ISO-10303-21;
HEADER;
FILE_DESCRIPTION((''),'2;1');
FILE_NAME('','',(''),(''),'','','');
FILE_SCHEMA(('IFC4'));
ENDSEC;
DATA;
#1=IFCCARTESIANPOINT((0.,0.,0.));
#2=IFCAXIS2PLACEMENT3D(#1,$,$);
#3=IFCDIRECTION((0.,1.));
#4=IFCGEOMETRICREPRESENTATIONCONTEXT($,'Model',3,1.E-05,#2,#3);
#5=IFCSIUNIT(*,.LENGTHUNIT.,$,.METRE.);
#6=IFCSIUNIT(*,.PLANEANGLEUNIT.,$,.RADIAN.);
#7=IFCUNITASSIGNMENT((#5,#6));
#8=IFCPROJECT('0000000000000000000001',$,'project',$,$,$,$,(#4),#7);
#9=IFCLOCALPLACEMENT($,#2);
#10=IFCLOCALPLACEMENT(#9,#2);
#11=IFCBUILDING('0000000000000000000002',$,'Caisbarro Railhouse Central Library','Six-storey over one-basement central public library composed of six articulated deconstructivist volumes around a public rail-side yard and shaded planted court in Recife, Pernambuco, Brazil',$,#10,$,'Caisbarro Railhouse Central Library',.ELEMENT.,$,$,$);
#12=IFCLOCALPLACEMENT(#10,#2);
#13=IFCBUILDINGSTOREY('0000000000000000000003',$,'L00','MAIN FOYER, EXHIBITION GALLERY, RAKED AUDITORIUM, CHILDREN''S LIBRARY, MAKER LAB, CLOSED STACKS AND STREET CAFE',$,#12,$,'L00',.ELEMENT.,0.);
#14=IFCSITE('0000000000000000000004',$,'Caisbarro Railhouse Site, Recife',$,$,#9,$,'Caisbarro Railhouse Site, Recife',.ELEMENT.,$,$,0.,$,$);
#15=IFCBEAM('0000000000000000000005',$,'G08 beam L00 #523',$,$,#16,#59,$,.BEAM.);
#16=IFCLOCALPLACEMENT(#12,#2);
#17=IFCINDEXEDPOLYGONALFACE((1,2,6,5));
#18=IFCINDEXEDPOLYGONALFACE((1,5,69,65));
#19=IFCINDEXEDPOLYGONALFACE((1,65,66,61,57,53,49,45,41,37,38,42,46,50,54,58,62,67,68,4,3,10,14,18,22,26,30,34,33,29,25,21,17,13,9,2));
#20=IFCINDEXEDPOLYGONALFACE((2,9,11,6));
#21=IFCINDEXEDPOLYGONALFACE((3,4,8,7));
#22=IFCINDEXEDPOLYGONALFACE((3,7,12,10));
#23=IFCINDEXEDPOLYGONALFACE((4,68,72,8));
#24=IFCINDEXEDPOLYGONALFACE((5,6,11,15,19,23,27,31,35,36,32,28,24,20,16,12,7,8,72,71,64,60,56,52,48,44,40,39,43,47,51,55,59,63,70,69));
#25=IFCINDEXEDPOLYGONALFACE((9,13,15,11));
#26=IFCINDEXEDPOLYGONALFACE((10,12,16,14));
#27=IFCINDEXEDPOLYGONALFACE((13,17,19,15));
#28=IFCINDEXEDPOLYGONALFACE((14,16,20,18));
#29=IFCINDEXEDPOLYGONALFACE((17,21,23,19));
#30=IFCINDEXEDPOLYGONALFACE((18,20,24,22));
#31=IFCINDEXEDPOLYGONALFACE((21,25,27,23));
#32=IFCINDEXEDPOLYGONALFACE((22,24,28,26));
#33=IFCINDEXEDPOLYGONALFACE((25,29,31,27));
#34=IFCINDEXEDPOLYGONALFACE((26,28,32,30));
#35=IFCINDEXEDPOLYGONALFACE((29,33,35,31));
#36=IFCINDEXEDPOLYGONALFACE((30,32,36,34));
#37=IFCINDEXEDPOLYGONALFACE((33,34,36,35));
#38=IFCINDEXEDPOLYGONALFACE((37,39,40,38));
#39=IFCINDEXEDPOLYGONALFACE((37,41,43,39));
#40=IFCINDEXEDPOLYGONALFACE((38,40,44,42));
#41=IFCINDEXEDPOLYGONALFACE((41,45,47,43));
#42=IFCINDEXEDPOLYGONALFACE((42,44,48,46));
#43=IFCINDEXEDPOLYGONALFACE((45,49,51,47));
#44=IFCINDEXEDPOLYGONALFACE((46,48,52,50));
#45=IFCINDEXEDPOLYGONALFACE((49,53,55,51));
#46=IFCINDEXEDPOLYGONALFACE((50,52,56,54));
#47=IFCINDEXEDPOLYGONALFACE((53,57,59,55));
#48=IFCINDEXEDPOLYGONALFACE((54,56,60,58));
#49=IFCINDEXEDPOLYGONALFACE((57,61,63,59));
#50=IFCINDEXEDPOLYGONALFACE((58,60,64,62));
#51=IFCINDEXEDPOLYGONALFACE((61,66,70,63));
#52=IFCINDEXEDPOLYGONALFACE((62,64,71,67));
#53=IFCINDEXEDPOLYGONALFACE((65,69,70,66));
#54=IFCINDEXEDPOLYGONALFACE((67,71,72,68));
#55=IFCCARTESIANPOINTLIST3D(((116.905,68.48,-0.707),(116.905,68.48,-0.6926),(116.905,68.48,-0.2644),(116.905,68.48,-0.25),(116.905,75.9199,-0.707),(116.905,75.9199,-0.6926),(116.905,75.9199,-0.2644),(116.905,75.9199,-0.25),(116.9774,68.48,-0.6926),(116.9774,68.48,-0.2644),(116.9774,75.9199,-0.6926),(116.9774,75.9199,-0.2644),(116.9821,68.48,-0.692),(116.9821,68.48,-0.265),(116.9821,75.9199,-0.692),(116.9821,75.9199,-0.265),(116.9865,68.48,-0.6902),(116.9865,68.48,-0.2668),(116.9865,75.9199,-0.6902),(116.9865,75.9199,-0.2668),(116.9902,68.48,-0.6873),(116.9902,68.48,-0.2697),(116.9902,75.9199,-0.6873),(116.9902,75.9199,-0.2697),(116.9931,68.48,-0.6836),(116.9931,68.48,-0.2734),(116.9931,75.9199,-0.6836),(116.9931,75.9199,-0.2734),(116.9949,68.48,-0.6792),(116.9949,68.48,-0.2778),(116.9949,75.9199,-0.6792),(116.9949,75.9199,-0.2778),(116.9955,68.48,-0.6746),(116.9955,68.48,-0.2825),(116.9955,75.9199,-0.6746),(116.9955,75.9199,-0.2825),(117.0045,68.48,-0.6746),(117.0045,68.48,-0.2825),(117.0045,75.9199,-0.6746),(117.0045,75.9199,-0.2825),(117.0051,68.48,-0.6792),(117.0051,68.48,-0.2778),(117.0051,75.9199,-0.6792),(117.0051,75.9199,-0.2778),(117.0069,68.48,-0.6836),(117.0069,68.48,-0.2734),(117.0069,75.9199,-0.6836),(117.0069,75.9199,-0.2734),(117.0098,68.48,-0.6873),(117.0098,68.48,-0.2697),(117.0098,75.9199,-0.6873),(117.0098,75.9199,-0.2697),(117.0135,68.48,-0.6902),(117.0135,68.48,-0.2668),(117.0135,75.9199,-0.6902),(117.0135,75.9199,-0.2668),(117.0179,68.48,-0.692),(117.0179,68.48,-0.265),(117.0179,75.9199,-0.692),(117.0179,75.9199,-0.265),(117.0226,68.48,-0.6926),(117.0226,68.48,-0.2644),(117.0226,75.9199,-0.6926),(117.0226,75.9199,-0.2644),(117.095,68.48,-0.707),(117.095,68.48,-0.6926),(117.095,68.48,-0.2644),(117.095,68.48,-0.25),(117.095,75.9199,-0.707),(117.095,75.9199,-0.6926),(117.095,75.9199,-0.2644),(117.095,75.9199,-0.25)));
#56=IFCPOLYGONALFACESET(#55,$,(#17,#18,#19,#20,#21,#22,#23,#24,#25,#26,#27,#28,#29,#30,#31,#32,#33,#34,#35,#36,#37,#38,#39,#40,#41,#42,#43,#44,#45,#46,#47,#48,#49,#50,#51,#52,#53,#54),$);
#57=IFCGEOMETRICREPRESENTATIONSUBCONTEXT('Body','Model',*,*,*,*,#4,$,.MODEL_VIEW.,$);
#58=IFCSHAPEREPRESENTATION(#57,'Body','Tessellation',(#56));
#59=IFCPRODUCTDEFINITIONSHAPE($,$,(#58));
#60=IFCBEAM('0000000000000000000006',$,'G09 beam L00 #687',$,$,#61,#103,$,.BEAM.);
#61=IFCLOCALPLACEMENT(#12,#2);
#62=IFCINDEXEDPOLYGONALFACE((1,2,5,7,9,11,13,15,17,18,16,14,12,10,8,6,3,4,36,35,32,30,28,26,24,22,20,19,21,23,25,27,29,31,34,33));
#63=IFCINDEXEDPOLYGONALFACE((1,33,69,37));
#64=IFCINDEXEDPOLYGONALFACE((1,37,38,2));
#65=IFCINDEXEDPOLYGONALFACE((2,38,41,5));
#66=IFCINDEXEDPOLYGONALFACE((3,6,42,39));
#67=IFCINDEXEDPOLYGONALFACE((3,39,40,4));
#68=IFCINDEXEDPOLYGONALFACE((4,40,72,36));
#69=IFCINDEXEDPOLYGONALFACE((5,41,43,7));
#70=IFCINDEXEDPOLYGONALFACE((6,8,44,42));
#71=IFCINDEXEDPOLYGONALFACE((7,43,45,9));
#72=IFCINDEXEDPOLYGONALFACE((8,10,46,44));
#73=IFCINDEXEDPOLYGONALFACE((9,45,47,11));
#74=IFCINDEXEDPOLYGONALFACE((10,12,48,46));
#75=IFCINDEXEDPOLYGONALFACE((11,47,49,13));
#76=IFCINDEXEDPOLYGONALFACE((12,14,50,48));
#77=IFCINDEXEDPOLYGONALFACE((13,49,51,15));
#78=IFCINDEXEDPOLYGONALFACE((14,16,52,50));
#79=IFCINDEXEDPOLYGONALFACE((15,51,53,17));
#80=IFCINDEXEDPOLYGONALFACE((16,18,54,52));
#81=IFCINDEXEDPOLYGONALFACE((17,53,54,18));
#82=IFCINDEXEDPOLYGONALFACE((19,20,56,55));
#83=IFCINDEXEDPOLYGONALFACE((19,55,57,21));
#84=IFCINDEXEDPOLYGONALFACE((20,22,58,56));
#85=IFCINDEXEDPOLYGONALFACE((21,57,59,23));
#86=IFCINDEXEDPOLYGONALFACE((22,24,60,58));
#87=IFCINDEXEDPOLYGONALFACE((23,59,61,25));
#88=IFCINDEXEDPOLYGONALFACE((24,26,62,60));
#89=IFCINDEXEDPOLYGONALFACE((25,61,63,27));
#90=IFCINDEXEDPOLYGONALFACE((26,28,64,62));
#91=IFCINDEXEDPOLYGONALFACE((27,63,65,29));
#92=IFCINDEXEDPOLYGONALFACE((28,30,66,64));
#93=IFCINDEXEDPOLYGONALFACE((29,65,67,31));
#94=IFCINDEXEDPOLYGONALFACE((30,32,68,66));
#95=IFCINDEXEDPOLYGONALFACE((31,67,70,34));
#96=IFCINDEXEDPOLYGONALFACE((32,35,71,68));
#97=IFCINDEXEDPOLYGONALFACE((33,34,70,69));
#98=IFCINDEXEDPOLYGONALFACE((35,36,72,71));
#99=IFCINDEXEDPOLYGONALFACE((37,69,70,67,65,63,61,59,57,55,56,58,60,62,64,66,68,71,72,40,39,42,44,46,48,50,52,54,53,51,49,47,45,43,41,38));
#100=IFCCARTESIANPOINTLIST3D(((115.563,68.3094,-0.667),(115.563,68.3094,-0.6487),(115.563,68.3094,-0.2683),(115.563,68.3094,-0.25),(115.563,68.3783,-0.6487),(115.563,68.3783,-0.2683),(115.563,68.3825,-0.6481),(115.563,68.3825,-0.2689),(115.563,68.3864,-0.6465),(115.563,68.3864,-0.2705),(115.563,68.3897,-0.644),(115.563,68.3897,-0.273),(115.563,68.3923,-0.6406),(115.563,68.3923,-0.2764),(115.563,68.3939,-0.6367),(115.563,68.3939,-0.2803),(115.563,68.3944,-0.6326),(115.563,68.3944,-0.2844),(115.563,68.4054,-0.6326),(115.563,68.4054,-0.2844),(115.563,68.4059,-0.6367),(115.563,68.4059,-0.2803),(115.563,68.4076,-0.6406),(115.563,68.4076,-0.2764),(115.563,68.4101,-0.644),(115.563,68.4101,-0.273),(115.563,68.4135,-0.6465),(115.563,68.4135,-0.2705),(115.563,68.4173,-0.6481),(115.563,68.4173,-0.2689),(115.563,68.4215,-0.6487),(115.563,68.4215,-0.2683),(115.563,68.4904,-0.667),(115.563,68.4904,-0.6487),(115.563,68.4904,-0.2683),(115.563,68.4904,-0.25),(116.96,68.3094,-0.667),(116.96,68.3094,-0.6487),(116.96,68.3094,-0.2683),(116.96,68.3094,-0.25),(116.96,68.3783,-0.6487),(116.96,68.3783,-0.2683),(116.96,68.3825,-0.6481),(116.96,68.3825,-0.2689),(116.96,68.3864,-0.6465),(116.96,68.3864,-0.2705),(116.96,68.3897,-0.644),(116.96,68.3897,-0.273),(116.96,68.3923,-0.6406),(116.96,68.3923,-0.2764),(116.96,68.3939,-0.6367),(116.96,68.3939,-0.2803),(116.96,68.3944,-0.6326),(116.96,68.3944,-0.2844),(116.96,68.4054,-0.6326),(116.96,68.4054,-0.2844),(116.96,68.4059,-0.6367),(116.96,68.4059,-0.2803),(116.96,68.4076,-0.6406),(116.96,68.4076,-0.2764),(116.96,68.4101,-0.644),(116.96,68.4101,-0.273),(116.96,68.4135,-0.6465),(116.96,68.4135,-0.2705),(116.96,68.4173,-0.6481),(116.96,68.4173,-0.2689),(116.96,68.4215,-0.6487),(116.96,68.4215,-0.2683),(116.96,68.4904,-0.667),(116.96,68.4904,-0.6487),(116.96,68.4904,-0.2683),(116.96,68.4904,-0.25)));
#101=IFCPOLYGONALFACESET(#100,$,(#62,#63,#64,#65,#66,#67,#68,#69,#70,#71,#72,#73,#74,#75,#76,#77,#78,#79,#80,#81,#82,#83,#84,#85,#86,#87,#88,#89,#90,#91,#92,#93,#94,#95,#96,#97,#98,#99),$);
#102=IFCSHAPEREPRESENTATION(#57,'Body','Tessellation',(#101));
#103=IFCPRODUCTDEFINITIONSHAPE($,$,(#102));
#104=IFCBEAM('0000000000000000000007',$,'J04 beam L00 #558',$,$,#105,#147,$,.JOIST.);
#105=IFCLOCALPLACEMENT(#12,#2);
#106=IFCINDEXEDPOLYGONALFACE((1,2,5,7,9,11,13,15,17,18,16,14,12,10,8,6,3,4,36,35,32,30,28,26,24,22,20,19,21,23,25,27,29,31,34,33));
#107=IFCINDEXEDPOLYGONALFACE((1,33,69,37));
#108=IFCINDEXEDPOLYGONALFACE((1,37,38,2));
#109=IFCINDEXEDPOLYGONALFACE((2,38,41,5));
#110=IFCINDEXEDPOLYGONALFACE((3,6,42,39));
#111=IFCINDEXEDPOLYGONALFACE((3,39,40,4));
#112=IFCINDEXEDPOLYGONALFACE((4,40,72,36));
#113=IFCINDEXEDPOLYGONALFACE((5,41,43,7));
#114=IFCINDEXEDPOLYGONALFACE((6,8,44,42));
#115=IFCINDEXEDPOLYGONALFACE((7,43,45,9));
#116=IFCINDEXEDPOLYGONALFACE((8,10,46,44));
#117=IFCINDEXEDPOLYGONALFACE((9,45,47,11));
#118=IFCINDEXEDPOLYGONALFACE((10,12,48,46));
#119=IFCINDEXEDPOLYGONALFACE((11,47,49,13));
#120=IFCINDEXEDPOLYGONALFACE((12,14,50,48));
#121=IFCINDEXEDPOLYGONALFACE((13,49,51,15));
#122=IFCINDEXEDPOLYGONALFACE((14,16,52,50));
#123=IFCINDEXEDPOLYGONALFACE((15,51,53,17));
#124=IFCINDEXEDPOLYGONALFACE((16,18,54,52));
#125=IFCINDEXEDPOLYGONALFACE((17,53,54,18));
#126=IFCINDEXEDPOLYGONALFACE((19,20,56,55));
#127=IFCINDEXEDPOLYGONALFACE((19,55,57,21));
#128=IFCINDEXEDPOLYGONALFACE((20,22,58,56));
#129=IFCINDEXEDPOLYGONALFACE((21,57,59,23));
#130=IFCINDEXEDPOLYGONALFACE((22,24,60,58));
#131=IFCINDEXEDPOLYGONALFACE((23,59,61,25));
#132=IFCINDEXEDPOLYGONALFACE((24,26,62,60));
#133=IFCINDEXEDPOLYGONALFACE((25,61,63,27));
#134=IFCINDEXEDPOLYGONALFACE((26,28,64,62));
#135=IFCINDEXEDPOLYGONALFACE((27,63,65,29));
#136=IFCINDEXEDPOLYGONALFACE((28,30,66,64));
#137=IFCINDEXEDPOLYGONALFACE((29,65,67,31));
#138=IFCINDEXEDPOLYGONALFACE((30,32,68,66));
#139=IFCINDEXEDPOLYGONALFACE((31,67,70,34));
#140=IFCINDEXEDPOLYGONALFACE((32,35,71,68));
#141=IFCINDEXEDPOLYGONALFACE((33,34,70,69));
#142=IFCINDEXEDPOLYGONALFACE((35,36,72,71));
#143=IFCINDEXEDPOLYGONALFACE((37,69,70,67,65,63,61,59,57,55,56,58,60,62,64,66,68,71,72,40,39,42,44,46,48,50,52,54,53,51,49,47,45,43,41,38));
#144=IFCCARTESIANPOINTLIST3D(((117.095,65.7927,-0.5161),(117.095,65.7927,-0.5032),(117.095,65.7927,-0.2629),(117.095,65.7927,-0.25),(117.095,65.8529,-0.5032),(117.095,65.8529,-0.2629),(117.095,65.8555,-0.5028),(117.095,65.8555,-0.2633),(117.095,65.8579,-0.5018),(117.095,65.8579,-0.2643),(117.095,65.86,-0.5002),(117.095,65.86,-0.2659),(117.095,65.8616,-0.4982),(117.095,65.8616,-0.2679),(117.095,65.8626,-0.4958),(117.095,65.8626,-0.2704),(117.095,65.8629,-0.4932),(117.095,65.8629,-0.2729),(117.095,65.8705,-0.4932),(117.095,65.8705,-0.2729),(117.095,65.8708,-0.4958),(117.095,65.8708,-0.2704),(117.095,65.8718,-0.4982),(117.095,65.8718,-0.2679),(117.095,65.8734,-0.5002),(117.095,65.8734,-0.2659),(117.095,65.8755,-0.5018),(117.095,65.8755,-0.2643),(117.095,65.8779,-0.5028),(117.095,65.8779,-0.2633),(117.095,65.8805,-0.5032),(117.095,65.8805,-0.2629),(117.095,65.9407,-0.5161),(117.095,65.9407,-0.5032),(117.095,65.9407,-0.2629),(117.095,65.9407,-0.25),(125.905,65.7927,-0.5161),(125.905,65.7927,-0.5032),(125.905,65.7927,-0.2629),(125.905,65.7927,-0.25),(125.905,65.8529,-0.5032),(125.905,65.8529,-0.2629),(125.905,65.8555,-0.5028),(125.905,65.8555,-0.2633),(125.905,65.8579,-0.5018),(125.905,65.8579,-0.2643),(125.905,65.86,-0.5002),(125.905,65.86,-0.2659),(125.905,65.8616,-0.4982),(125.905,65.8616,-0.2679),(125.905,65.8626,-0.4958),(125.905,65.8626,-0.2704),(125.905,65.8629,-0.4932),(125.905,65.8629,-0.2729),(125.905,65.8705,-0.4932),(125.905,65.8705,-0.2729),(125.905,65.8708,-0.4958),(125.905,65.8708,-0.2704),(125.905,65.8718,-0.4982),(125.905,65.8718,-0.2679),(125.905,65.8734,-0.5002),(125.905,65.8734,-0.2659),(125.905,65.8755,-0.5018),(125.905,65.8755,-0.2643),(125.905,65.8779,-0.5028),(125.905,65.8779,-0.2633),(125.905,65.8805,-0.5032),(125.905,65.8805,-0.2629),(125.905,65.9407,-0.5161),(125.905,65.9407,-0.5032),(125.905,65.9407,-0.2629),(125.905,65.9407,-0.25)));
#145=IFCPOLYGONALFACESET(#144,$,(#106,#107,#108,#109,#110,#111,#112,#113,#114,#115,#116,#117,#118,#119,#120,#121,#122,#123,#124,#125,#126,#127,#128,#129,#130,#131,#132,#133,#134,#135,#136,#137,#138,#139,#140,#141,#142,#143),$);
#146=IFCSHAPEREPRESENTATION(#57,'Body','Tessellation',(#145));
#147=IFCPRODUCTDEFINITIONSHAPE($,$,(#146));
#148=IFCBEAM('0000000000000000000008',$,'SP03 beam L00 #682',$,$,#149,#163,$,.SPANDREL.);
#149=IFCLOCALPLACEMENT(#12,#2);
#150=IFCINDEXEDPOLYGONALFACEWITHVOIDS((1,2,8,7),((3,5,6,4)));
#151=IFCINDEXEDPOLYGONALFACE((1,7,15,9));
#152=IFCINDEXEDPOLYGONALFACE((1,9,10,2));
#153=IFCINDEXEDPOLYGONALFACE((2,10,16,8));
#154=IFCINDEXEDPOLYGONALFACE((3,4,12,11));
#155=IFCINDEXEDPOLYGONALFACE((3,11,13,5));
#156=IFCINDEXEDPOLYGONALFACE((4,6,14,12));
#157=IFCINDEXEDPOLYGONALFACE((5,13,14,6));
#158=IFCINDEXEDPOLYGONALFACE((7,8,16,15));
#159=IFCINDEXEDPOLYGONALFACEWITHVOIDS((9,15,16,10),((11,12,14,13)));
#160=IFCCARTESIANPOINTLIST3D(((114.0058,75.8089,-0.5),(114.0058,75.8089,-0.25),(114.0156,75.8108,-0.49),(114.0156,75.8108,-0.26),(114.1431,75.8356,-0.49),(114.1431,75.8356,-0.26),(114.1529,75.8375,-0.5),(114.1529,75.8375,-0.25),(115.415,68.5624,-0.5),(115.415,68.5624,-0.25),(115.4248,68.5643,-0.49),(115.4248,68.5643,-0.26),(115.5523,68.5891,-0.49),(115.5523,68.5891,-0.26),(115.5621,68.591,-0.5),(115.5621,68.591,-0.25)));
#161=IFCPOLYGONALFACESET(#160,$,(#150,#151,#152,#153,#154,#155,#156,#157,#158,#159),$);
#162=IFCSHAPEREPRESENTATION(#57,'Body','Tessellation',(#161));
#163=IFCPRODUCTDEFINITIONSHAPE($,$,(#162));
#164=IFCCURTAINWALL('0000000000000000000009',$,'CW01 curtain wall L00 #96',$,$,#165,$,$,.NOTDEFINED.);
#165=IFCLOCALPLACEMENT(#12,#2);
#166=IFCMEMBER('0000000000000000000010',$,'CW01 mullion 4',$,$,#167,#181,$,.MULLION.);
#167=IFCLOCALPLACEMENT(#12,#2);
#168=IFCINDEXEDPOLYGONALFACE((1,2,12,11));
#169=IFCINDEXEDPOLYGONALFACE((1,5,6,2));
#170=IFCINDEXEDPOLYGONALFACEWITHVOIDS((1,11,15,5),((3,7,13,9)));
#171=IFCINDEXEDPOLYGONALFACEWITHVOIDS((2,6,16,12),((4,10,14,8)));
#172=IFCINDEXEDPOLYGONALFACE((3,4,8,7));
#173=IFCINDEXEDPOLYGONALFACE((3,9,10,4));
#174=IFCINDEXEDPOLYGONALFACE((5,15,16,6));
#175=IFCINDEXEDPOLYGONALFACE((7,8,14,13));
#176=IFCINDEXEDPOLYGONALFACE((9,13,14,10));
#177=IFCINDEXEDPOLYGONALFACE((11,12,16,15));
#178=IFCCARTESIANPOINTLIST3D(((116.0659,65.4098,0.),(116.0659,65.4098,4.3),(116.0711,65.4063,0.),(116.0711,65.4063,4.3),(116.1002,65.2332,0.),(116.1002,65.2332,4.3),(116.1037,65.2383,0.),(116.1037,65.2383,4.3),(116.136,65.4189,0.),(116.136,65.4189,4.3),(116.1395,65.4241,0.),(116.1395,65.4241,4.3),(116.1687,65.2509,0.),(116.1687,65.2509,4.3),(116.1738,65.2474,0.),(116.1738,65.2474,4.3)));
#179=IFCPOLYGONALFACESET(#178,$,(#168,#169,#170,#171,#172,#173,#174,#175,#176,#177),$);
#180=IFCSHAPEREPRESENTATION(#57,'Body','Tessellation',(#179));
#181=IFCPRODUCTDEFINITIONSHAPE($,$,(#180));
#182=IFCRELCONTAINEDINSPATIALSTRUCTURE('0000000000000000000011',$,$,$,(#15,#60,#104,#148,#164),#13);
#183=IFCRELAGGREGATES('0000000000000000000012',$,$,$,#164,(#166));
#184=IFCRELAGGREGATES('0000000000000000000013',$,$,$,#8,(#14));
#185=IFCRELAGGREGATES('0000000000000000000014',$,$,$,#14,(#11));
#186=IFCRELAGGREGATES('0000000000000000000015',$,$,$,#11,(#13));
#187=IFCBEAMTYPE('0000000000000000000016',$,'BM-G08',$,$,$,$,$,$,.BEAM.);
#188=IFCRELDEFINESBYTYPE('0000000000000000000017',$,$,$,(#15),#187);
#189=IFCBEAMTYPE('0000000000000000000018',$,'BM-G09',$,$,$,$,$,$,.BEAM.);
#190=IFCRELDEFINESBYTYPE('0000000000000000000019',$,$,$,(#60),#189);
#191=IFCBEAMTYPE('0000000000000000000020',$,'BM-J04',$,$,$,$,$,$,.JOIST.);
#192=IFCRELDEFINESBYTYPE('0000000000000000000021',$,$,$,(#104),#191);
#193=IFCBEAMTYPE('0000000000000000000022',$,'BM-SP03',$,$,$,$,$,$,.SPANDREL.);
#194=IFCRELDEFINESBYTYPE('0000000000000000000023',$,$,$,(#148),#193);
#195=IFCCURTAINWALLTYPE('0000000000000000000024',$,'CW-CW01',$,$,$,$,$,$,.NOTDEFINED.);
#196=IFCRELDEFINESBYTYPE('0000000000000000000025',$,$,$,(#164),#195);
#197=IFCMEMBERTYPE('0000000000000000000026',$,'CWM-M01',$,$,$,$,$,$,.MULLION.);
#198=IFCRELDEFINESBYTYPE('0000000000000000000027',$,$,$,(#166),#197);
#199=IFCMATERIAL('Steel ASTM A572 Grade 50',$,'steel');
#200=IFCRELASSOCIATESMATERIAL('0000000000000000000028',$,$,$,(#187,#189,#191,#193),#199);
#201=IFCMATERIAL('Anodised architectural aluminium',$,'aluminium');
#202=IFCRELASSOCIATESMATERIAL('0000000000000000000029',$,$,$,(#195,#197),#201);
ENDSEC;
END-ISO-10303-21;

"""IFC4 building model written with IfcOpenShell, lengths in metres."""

from ifc_helpers import new_model, si_unit, direction, frame, origin, origin_2d, place, context, subcontext, project, spatial, hollow_rectangle, i_section, extrude, material, material_profile, profile_set, type_object, element, aggregate, save


model = new_model("IFC4")

# Units and contexts
model_context = context("Model", 3, precision=1e-05, world=origin(), true_north=direction((0.0, 1.0)))
body_context = subcontext(model_context, "Body", "Model", "MODEL_VIEW")
ifc_project = project(units=[si_unit("LENGTHUNIT", "METRE"), si_unit("PLANEANGLEUNIT", "RADIAN")], contexts=[model_context])

# Site, building, storey
site_placement = place(None, origin())
site = spatial("IfcSite", under=ifc_project, at=site_placement, Name="Caisbarro Railhouse Site, Recife", LongName="Caisbarro Railhouse Site, Recife", CompositionType="ELEMENT", RefElevation=0.0)
building_placement = place(site_placement, origin())
building = spatial("IfcBuilding", under=site, at=building_placement, Name="Caisbarro Railhouse Central Library", Description="Six-storey over one-basement central public library composed of six articulated deconstructivist volumes around a public rail-side yard and shaded planted court in Recife, Pernambuco, Brazil", LongName="Caisbarro Railhouse Central Library", CompositionType="ELEMENT")
storey_placement = place(building_placement, origin())
storey = spatial("IfcBuildingStorey", under=building, at=storey_placement, Name="L00", Description="MAIN FOYER, EXHIBITION GALLERY, RAKED AUDITORIUM, CHILDREN'S LIBRARY, MAKER LAB, CLOSED STACKS AND STREET CAFE", LongName="L00", CompositionType="ELEMENT", Elevation=0.0)

# Shared definitions
ifc_material_1 = material(Name="Steel ASTM A572 Grade 50", Category="steel")

# Beams
ifc_material_profile_1 = material_profile(ifc_material_1, i_section(OverallWidth=0.1899, OverallDepth=0.457, WebThickness=0.009, FlangeThickness=0.0144, FilletRadius=0.0181, at=origin_2d()), Name="W460X74.0")
ifc_profile_set_1 = profile_set([ifc_material_profile_1], Name="Steel ASTM A572 Grade 50")
beam_type_1 = type_object("IfcBeamType", Name="BM-G08", PredefinedType="BEAM", material=ifc_profile_set_1)
beam_1_placement = place(storey_placement, frame((117.0, 68.48, -0.4785), z_axis=(0.0, 1.0, 0.0), x_axis=(-1.0, 0.0, 0.0)))
element("IfcBeam", 1, at=beam_1_placement, inside=storey, type_object=beam_type_1, Name="G08 beam L00 #523", PredefinedType="BEAM", context=body_context, shape_type="SweptSolid", body=[
    extrude(i_section(OverallWidth=0.1899, OverallDepth=0.457, WebThickness=0.009, FlangeThickness=0.0144, FilletRadius=0.0181, at=origin_2d()), origin(), (0.0, 0.0, 1.0), 7.4399),
])
ifc_material_profile_2 = material_profile(ifc_material_1, i_section(OverallWidth=0.1809, OverallDepth=0.417, WebThickness=0.011, FlangeThickness=0.0183, FilletRadius=0.0161, at=origin_2d()), Name="W410X85.0")
ifc_profile_set_2 = profile_set([ifc_material_profile_2], Name="Steel ASTM A572 Grade 50")
beam_type_2 = type_object("IfcBeamType", Name="BM-G09", PredefinedType="BEAM", material=ifc_profile_set_2)
beam_2_placement = place(storey_placement, frame((115.563, 68.3999, -0.4585), z_axis=(1.0, 0.0, 0.0), x_axis=(0.0, 1.0, 0.0)))
element("IfcBeam", 2, at=beam_2_placement, inside=storey, type_object=beam_type_2, Name="G09 beam L00 #687", PredefinedType="BEAM", context=body_context, shape_type="SweptSolid", body=[
    extrude(i_section(OverallWidth=0.1809, OverallDepth=0.417, WebThickness=0.011, FlangeThickness=0.0183, FilletRadius=0.0161, at=origin_2d()), origin(), (0.0, 0.0, 1.0), 1.397),
])
ifc_material_profile_3 = material_profile(ifc_material_1, i_section(OverallWidth=0.1479, OverallDepth=0.2661, WebThickness=0.0076, FlangeThickness=0.0129, FilletRadius=0.01, at=origin_2d()), Name="W250X44.8")
ifc_profile_set_3 = profile_set([ifc_material_profile_3], Name="Steel ASTM A572 Grade 50")
beam_type_3 = type_object("IfcBeamType", Name="BM-J04", PredefinedType="JOIST", material=ifc_profile_set_3)
beam_3_placement = place(storey_placement, frame((117.095, 65.8667, -0.3831), z_axis=(1.0, 0.0, 0.0), x_axis=(0.0, 1.0, 0.0)))
element("IfcBeam", 3, at=beam_3_placement, inside=storey, type_object=beam_type_3, Name="J04 beam L00 #558", PredefinedType="JOIST", context=body_context, shape_type="SweptSolid", body=[
    extrude(i_section(OverallWidth=0.1479, OverallDepth=0.2661, WebThickness=0.0076, FlangeThickness=0.0129, FilletRadius=0.01, at=origin_2d()), origin(), (0.0, 0.0, 1.0), 8.8101),
])
ifc_material_profile_4 = material_profile(ifc_material_1, hollow_rectangle(XDim=0.1499, YDim=0.25, WallThickness=0.01, at=origin_2d()), Name="HSS250X150X10")
ifc_profile_set_4 = profile_set([ifc_material_profile_4], Name="Steel ASTM A572 Grade 50")
beam_type_4 = type_object("IfcBeamType", Name="BM-SP03", PredefinedType="SPANDREL", material=ifc_profile_set_4)
beam_4_placement = place(storey_placement, frame((115.4885, 68.5767, -0.375), z_axis=(-0.190886, 0.981612, 0.0), x_axis=(-0.981612, -0.190886, 0.0)))
element("IfcBeam", 4, at=beam_4_placement, inside=storey, type_object=beam_type_4, Name="SP03 beam L00 #682", PredefinedType="SPANDREL", context=body_context, shape_type="SweptSolid", body=[
    extrude(hollow_rectangle(XDim=0.1499, YDim=0.25, WallThickness=0.01, at=origin_2d()), origin(), (0.0, 0.0, 1.0), 7.3823),
])

# Curtain wall, member
ifc_material_2 = material(Name="Anodised architectural aluminium", Category="aluminium")
curtain_wall_type = type_object("IfcCurtainWallType", Name="CW-CW01", PredefinedType="NOTDEFINED", material=ifc_material_2)
curtain_wall_1_placement = place(storey_placement, origin())
curtain_wall_1 = element("IfcCurtainWall", 5, at=curtain_wall_1_placement, inside=storey, type_object=curtain_wall_type, Name="CW01 curtain wall L00 #96", PredefinedType="NOTDEFINED")
ifc_material_profile_5 = material_profile(ifc_material_2, hollow_rectangle(XDim=0.075, YDim=0.1799, WallThickness=0.0044, at=origin_2d()), Name="ALU-MUL-75X180")
ifc_profile_set_5 = profile_set([ifc_material_profile_5], Name="Anodised architectural aluminium")
member_type_1 = type_object("IfcMemberType", Name="CWM-M01", PredefinedType="MULLION", material=ifc_profile_set_5)
member_1_placement = place(storey_placement, frame((116.1199, 65.3286, 0.0), z_axis=(0.0, 0.0, 1.0), x_axis=(-0.981633, -0.190781, 0.0)))
member_1 = element("IfcMember", 6, at=member_1_placement, type_object=member_type_1, Name="CW01 mullion 4", PredefinedType="MULLION", context=body_context, shape_type="SweptSolid", body=[
    extrude(hollow_rectangle(XDim=0.075, YDim=0.1799, WallThickness=0.0044, at=origin_2d()), origin(), (0.0, 0.0, 1.0), 4.3),
])

aggregate(curtain_wall_1, [member_1])

save(model, "model.ifc")
